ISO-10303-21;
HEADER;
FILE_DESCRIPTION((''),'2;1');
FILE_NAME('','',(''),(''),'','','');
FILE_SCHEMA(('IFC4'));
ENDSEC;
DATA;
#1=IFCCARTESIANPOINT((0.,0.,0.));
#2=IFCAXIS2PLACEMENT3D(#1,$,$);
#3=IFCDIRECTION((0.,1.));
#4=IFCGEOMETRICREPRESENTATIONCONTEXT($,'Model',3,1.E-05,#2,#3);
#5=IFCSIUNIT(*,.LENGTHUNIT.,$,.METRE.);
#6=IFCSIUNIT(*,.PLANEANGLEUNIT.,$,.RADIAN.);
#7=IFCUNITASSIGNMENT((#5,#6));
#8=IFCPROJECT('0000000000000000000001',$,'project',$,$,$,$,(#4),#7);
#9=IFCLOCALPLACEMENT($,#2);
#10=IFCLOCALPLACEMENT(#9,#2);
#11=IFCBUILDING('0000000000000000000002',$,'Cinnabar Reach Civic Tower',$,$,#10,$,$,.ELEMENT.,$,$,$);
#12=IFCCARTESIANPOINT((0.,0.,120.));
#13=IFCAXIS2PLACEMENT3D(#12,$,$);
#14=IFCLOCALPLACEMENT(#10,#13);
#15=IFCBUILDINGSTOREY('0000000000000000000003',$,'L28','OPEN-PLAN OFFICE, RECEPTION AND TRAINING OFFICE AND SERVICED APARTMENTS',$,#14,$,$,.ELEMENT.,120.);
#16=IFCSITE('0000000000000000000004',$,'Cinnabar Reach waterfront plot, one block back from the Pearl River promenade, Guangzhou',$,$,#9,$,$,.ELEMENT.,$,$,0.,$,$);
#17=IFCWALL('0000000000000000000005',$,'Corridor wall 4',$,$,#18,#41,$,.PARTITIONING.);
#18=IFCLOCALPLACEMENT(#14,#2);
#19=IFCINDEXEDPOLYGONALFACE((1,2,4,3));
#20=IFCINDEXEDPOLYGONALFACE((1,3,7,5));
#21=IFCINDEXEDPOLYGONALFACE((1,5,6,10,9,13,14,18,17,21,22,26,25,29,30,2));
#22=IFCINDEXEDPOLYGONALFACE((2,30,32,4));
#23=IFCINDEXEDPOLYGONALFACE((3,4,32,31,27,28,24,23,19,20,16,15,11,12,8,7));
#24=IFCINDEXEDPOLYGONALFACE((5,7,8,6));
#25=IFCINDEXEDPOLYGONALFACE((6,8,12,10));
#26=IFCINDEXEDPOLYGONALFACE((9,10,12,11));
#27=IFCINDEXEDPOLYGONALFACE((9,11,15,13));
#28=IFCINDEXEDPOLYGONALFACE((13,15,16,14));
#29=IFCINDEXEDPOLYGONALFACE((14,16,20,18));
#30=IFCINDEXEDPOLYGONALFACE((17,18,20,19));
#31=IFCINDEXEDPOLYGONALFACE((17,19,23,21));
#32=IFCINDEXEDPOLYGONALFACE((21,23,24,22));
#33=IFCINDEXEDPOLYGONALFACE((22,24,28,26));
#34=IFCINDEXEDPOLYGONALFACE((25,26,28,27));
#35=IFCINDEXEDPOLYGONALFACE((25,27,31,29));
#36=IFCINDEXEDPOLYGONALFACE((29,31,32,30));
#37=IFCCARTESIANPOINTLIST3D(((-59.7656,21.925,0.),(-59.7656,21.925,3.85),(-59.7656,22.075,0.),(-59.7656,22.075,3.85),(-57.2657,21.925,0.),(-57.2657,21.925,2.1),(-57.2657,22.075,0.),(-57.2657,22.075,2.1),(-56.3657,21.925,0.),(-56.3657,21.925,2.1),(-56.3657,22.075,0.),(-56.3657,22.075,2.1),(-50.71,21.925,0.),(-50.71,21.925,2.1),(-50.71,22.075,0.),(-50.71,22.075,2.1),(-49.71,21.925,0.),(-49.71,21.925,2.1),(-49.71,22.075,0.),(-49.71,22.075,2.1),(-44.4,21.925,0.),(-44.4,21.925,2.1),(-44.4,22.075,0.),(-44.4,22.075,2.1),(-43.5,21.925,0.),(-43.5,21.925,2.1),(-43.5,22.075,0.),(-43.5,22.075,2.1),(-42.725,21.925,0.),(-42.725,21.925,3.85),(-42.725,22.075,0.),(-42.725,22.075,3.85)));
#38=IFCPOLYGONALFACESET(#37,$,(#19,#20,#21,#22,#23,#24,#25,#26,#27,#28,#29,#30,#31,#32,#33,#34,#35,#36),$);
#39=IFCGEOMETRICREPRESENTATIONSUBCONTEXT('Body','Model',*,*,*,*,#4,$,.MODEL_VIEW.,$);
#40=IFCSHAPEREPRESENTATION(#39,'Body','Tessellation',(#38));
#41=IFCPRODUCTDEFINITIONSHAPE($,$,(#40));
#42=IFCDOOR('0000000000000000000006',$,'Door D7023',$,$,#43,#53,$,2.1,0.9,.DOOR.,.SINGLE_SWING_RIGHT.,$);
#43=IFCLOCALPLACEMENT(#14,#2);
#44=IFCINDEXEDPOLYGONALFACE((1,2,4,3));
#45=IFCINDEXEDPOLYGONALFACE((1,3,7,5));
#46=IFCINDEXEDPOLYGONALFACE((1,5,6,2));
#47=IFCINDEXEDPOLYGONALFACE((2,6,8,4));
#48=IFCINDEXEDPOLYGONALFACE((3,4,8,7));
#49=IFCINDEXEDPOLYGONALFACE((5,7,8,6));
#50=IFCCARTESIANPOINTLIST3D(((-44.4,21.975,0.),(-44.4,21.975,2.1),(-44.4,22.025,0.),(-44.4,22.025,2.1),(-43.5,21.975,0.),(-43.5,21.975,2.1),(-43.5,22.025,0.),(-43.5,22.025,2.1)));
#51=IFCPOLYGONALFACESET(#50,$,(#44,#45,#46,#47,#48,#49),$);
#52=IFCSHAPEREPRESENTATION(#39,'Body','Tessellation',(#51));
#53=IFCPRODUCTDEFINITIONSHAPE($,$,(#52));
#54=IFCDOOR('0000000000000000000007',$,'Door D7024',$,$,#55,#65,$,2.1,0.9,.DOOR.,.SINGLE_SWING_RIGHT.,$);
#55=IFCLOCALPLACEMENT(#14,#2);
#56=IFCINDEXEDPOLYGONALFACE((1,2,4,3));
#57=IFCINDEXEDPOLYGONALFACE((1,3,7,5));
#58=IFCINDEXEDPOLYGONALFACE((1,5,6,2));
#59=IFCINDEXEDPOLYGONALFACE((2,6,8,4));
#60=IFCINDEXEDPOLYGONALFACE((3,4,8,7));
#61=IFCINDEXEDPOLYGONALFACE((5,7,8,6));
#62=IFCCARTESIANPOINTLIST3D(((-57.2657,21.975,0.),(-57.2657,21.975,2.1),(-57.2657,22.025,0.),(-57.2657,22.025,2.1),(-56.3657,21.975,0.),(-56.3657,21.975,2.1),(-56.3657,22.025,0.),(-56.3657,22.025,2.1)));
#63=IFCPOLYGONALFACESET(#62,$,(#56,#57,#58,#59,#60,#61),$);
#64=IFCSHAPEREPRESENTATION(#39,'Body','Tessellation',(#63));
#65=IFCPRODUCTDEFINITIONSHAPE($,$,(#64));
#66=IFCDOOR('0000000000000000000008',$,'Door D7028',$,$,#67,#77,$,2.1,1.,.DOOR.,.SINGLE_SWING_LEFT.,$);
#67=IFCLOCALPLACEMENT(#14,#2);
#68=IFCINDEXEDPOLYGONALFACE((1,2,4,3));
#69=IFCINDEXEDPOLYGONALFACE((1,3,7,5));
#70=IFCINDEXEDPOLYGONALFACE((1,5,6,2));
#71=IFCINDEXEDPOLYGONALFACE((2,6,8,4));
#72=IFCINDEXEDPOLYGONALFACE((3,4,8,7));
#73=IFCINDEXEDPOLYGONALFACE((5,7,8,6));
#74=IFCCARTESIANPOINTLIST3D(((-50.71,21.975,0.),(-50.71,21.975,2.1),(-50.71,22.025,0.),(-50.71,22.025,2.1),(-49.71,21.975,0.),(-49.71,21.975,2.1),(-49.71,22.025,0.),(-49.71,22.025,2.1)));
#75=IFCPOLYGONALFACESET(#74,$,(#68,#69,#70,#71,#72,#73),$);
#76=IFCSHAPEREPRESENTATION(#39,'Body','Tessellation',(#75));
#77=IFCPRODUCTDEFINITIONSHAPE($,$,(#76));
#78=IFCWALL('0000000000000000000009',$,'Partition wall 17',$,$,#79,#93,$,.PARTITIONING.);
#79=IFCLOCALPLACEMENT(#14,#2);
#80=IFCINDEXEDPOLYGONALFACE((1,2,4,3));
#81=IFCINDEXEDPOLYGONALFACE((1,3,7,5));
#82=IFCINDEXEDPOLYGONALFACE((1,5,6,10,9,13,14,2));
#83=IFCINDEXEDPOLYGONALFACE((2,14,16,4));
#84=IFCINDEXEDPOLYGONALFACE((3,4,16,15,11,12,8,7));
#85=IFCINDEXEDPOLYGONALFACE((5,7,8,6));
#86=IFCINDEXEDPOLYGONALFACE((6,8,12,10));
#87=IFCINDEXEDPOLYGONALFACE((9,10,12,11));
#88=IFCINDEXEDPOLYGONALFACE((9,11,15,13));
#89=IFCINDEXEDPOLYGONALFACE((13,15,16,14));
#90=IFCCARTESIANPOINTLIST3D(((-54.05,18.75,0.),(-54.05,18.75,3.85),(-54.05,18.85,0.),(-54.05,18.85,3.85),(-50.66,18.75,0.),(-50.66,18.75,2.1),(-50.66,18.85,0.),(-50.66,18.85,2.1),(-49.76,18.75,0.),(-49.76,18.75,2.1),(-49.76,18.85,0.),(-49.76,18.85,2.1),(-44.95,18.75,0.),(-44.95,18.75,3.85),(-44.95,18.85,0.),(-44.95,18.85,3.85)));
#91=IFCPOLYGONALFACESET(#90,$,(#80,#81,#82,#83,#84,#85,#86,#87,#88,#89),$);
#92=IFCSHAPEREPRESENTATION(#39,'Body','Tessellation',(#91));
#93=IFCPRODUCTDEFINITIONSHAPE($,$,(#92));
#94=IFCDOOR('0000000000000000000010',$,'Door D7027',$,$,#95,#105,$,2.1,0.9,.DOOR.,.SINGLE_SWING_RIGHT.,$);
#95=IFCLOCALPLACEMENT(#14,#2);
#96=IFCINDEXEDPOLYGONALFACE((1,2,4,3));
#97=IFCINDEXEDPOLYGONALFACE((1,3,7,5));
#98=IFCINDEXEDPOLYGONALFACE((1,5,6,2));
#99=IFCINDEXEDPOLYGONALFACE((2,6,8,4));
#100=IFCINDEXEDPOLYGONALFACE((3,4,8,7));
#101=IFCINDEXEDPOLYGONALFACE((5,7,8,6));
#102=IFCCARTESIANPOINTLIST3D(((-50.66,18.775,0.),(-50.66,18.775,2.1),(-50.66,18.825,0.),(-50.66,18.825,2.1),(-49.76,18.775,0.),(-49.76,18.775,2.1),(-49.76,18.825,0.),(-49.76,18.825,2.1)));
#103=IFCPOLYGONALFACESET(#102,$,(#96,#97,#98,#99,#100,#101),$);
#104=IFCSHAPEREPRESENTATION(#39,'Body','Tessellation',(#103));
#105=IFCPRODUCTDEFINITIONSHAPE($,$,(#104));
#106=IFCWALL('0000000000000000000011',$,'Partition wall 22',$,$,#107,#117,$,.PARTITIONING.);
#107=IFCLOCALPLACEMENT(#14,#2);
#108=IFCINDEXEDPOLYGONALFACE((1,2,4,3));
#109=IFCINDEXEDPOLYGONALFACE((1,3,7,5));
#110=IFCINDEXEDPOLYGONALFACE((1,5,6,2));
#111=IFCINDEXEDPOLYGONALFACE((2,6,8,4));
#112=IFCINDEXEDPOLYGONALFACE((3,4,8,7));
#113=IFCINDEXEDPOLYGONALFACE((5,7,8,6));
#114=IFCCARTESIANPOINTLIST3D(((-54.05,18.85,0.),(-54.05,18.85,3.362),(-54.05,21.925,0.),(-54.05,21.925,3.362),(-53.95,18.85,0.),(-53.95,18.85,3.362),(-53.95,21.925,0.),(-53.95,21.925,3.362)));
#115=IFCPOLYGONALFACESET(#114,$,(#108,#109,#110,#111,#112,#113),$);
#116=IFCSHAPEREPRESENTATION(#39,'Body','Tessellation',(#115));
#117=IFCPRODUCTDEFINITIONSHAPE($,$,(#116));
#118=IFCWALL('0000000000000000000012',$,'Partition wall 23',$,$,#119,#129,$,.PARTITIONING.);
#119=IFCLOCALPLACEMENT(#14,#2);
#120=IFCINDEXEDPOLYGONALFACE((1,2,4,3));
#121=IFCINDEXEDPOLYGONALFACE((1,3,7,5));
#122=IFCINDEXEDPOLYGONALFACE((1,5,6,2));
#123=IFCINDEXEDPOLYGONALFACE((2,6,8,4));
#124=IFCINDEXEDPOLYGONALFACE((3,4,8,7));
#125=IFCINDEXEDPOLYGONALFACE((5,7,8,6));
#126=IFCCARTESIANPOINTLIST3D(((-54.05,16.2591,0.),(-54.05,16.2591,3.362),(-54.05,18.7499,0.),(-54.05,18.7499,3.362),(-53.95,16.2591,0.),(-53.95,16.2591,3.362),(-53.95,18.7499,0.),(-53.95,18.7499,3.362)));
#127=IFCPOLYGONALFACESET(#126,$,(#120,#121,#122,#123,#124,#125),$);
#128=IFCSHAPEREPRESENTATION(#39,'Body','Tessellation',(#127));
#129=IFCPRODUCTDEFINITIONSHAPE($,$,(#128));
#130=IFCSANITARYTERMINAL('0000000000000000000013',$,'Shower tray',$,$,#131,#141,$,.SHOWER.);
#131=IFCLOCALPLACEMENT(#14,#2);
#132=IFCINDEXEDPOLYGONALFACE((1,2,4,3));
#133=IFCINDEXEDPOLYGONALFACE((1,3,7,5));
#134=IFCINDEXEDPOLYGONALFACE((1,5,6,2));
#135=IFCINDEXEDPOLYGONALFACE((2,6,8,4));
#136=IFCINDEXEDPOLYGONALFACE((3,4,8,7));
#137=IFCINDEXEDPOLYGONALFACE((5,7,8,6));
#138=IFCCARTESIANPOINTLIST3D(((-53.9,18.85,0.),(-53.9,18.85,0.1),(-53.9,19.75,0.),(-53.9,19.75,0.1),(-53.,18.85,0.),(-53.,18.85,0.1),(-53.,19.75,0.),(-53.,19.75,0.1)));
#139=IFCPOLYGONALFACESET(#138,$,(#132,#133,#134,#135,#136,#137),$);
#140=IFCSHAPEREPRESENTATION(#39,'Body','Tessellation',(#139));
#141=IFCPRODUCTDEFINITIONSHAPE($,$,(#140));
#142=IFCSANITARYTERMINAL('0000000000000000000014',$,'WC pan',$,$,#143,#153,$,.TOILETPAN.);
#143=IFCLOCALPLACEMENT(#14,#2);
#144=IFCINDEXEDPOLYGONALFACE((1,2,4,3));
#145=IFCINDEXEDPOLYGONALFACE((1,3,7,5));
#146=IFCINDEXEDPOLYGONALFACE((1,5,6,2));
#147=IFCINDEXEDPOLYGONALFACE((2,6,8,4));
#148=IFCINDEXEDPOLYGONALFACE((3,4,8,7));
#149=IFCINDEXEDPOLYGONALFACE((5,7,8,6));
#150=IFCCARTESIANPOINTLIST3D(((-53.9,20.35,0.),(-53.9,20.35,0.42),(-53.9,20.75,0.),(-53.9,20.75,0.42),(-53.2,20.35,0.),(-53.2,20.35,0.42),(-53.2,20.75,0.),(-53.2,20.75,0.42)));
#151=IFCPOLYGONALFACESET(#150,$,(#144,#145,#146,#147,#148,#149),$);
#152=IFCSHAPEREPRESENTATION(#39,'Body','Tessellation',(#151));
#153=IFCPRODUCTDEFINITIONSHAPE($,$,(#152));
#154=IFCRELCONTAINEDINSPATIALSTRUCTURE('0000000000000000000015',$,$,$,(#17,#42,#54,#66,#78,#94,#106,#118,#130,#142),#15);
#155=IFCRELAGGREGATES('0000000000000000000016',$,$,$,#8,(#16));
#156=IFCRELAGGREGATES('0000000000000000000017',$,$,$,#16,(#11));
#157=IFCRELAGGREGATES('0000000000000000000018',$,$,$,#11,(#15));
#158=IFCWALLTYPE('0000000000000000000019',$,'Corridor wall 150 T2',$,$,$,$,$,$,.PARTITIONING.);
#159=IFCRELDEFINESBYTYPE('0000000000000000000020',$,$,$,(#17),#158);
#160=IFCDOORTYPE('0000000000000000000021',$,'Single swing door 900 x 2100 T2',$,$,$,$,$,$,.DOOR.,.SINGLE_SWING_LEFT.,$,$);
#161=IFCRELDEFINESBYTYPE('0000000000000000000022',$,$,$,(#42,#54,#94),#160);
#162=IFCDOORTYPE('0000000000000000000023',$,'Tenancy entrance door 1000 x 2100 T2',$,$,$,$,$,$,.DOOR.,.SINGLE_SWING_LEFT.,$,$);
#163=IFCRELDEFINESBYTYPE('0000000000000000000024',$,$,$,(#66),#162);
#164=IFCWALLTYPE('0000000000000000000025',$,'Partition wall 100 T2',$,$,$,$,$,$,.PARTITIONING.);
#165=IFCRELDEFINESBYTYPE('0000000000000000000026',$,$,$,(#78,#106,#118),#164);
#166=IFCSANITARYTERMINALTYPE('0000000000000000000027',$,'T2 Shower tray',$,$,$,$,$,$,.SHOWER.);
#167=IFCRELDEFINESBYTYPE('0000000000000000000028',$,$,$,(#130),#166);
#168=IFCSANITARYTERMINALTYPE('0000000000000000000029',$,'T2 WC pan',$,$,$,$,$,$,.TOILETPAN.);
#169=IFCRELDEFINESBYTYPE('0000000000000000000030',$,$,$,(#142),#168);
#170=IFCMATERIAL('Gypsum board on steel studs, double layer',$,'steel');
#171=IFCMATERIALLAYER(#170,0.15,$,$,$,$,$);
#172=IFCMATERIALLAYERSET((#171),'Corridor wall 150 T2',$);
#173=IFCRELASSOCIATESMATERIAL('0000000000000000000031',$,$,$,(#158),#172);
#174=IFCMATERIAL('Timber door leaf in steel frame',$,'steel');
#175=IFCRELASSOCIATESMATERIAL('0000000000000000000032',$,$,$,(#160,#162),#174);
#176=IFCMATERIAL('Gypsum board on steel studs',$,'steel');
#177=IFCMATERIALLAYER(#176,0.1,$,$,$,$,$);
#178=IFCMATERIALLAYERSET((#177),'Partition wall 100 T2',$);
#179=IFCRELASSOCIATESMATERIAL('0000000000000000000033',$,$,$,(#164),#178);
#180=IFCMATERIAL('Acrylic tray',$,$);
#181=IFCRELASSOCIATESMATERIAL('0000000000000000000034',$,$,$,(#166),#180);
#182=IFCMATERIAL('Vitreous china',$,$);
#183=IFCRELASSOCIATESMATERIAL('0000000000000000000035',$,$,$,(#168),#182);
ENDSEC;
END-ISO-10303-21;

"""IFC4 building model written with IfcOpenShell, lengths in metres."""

from ifc_helpers import new_model, si_unit, direction, frame, frame_2d, origin, origin_2d, place, context, subcontext, project, spatial, rectangle, extrude, material, layer, layer_set, type_object, element, fill, save


model = new_model("IFC4")

# Units and contexts
model_context = context("Model", 3, precision=1e-05, world=origin(), true_north=direction((0.0, 1.0)))
body_context = subcontext(model_context, "Body", "Model", "MODEL_VIEW")
ifc_project = project(units=[si_unit("LENGTHUNIT", "METRE"), si_unit("PLANEANGLEUNIT", "RADIAN")], contexts=[model_context])

# Site, building, storey
site_placement = place(None, origin())
site = spatial("IfcSite", under=ifc_project, at=site_placement, Name="Cinnabar Reach waterfront plot, one block back from the Pearl River promenade, Guangzhou", CompositionType="ELEMENT", RefElevation=0.0)
building_placement = place(site_placement, origin())
building = spatial("IfcBuilding", under=site, at=building_placement, Name="Cinnabar Reach Civic Tower", CompositionType="ELEMENT")
storey_placement = place(building_placement, frame((0.0, 0.0, 120.0)))
storey = spatial("IfcBuildingStorey", under=building, at=storey_placement, Name="L28", Description="OPEN-PLAN OFFICE, RECEPTION AND TRAINING OFFICE AND SERVICED APARTMENTS", CompositionType="ELEMENT", Elevation=120.0)

# Wall, openings, doors
ifc_material_1 = material(Name="Gypsum board on steel studs, double layer", Category="steel")
ifc_layer_1 = layer(ifc_material_1, 0.15)
ifc_layer_set_1 = layer_set([ifc_layer_1], Name="Corridor wall 150 T2")
wall_type_1 = type_object("IfcWallType", Name="Corridor wall 150 T2", PredefinedType="PARTITIONING", material=ifc_layer_set_1)
wall_1_placement = place(storey_placement, frame((-59.7657, 22.0, 0.0), z_axis=(0.0, 0.0, 1.0), x_axis=(1.0, 0.0, 0.0)))
wall_1 = element("IfcWall", 1, at=wall_1_placement, inside=storey, type_object=wall_type_1, Name="Corridor wall 4", PredefinedType="PARTITIONING", context=body_context, shape_type="SweptSolid", body=[
    extrude(rectangle(XDim=17.0407, YDim=0.15, at=frame_2d((8.5204, 0.0))), origin(), (0.0, 0.0, 1.0), 3.85),
])
opening_1_placement = place(wall_1_placement, frame((15.3657, 0.0, 0.0)))
opening_1 = element("IfcOpeningElement", 2, at=opening_1_placement, cuts=wall_1, PredefinedType="OPENING", context=body_context, shape_type="SweptSolid", body=[
    extrude(rectangle(XDim=0.9, YDim=2.1, at=frame_2d((0.45, 1.05))), frame((0.0, 0.085, 0.0), z_axis=(0.0, -1.0, 0.0), x_axis=(1.0, 0.0, 0.0)), (0.0, 0.0, 1.0), 0.17),
])
opening_2_placement = place(wall_1_placement, frame((2.5, 0.0, 0.0)))
opening_2 = element("IfcOpeningElement", 3, at=opening_2_placement, cuts=wall_1, PredefinedType="OPENING", context=body_context, shape_type="SweptSolid", body=[
    extrude(rectangle(XDim=0.9, YDim=2.1, at=frame_2d((0.45, 1.05))), frame((0.0, 0.085, 0.0), z_axis=(0.0, -1.0, 0.0), x_axis=(1.0, 0.0, 0.0)), (0.0, 0.0, 1.0), 0.17),
])
opening_3_placement = place(wall_1_placement, frame((9.0557, 0.0, 0.0)))
opening_3 = element("IfcOpeningElement", 4, at=opening_3_placement, cuts=wall_1, PredefinedType="OPENING", context=body_context, shape_type="SweptSolid", body=[
    extrude(rectangle(XDim=1.0, YDim=2.1, at=frame_2d((0.5, 1.05))), frame((0.0, 0.085, 0.0), z_axis=(0.0, -1.0, 0.0), x_axis=(1.0, 0.0, 0.0)), (0.0, 0.0, 1.0), 0.17),
])
ifc_material_2 = material(Name="Timber door leaf in steel frame", Category="steel")
door_type_1 = type_object("IfcDoorType", Name="Single swing door 900 x 2100 T2", OperationType="SINGLE_SWING_LEFT", PredefinedType="DOOR", material=ifc_material_2)
door_1_placement = place(opening_1_placement, frame((0.9, 0.0, 0.0), z_axis=(0.0, 0.0, 1.0), x_axis=(-1.0, 0.0, 0.0)))
door_1 = element("IfcDoor", 5, at=door_1_placement, inside=storey, type_object=door_type_1, Name="Door D7023", OperationType="SINGLE_SWING_RIGHT", OverallHeight=2.1, OverallWidth=0.9, PredefinedType="DOOR", context=body_context, shape_type="SweptSolid", body=[
    extrude(rectangle(XDim=0.9, YDim=2.1, at=frame_2d((0.45, 1.05))), frame((0.0, 0.025, 0.0), z_axis=(0.0, -1.0, 0.0), x_axis=(1.0, 0.0, 0.0)), (0.0, 0.0, 1.0), 0.05),
])
fill(opening_1, door_1)
door_2_placement = place(opening_2_placement, frame((0.9, 0.0, 0.0), z_axis=(0.0, 0.0, 1.0), x_axis=(-1.0, 0.0, 0.0)))
door_2 = element("IfcDoor", 6, at=door_2_placement, inside=storey, type_object=door_type_1, Name="Door D7024", OperationType="SINGLE_SWING_RIGHT", OverallHeight=2.1, OverallWidth=0.9, PredefinedType="DOOR", context=body_context, shape_type="SweptSolid", body=[
    extrude(rectangle(XDim=0.9, YDim=2.1, at=frame_2d((0.45, 1.05))), frame((0.0, 0.025, 0.0), z_axis=(0.0, -1.0, 0.0), x_axis=(1.0, 0.0, 0.0)), (0.0, 0.0, 1.0), 0.05),
])
fill(opening_2, door_2)
door_type_2 = type_object("IfcDoorType", Name="Tenancy entrance door 1000 x 2100 T2", OperationType="SINGLE_SWING_LEFT", PredefinedType="DOOR", material=ifc_material_2)
door_3_placement = place(opening_3_placement, frame((1.0, 0.0, 0.0), z_axis=(0.0, 0.0, 1.0), x_axis=(-1.0, 0.0, 0.0)))
door_3 = element("IfcDoor", 7, at=door_3_placement, inside=storey, type_object=door_type_2, Name="Door D7028", OperationType="SINGLE_SWING_LEFT", OverallHeight=2.1, OverallWidth=1.0, PredefinedType="DOOR", context=body_context, shape_type="SweptSolid", body=[
    extrude(rectangle(XDim=1.0, YDim=2.1, at=frame_2d((0.5, 1.05))), frame((0.0, 0.025, 0.0), z_axis=(0.0, -1.0, 0.0), x_axis=(1.0, 0.0, 0.0)), (0.0, 0.0, 1.0), 0.05),
])
fill(opening_3, door_3)

# Wall, opening, door
ifc_material_3 = material(Name="Gypsum board on steel studs", Category="steel")
ifc_layer_2 = layer(ifc_material_3, 0.1)
ifc_layer_set_2 = layer_set([ifc_layer_2], Name="Partition wall 100 T2")
wall_type_2 = type_object("IfcWallType", Name="Partition wall 100 T2", PredefinedType="PARTITIONING", material=ifc_layer_set_2)
wall_2_placement = place(storey_placement, frame((-54.05, 18.8, 0.0), z_axis=(0.0, 0.0, 1.0), x_axis=(1.0, 0.0, 0.0)))
wall_2 = element("IfcWall", 8, at=wall_2_placement, inside=storey, type_object=wall_type_2, Name="Partition wall 17", PredefinedType="PARTITIONING", context=body_context, shape_type="SweptSolid", body=[
    extrude(rectangle(XDim=9.1, YDim=0.1, at=frame_2d((4.55, 0.0))), origin(), (0.0, 0.0, 1.0), 3.85),
])
opening_4_placement = place(wall_2_placement, frame((3.39, 0.0, 0.0)))
opening_4 = element("IfcOpeningElement", 9, at=opening_4_placement, cuts=wall_2, PredefinedType="OPENING", context=body_context, shape_type="SweptSolid", body=[
    extrude(rectangle(XDim=0.9, YDim=2.1, at=frame_2d((0.45, 1.05))), frame((0.0, 0.06, 0.0), z_axis=(0.0, -1.0, 0.0), x_axis=(1.0, 0.0, 0.0)), (0.0, 0.0, 1.0), 0.12),
])
door_4_placement = place(opening_4_placement, origin())
door_4 = element("IfcDoor", 10, at=door_4_placement, inside=storey, type_object=door_type_1, Name="Door D7027", OperationType="SINGLE_SWING_RIGHT", OverallHeight=2.1, OverallWidth=0.9, PredefinedType="DOOR", context=body_context, shape_type="SweptSolid", body=[
    extrude(rectangle(XDim=0.9, YDim=2.1, at=frame_2d((0.45, 1.05))), frame((0.0, 0.025, 0.0), z_axis=(0.0, -1.0, 0.0), x_axis=(1.0, 0.0, 0.0)), (0.0, 0.0, 1.0), 0.05),
])
fill(opening_4, door_4)

# Walls
wall_3_placement = place(storey_placement, frame((-54.0, 18.85, 0.0), z_axis=(0.0, 0.0, 1.0), x_axis=(0.0, 1.0, 0.0)))
element("IfcWall", 11, at=wall_3_placement, inside=storey, type_object=wall_type_2, Name="Partition wall 22", PredefinedType="PARTITIONING", context=body_context, shape_type="SweptSolid", body=[
    extrude(rectangle(XDim=3.075, YDim=0.1, at=frame_2d((1.5375, 0.0))), origin(), (0.0, 0.0, 1.0), 3.362),
])
wall_4_placement = place(storey_placement, frame((-54.0, 16.2591, 0.0), z_axis=(0.0, 0.0, 1.0), x_axis=(0.0, 1.0, 0.0)))
element("IfcWall", 12, at=wall_4_placement, inside=storey, type_object=wall_type_2, Name="Partition wall 23", PredefinedType="PARTITIONING", context=body_context, shape_type="SweptSolid", body=[
    extrude(rectangle(XDim=2.4909, YDim=0.1, at=frame_2d((1.2454, 0.0))), origin(), (0.0, 0.0, 1.0), 3.362),
])

# Sanitary terminals
ifc_material_4 = material(Name="Acrylic tray")
sanitary_terminal_type_1 = type_object("IfcSanitaryTerminalType", Name="T2 Shower tray", PredefinedType="SHOWER", material=ifc_material_4)
sanitary_terminal_1_placement = place(storey_placement, frame((-53.45, 19.3, 0.0), z_axis=(0.0, 0.0, 1.0), x_axis=(1.0, 0.0, 0.0)))
element("IfcSanitaryTerminal", 13, at=sanitary_terminal_1_placement, inside=storey, type_object=sanitary_terminal_type_1, Name="Shower tray", PredefinedType="SHOWER", context=body_context, shape_type="SweptSolid", body=[
    extrude(rectangle(XDim=0.9, YDim=0.9, at=origin_2d()), origin(), (0.0, 0.0, 1.0), 0.1),
])
ifc_material_5 = material(Name="Vitreous china")
sanitary_terminal_type_2 = type_object("IfcSanitaryTerminalType", Name="T2 WC pan", PredefinedType="TOILETPAN", material=ifc_material_5)
sanitary_terminal_2_placement = place(storey_placement, frame((-53.55, 20.55, 0.0), z_axis=(0.0, 0.0, 1.0), x_axis=(1.0, 0.0, 0.0)))
element("IfcSanitaryTerminal", 14, at=sanitary_terminal_2_placement, inside=storey, type_object=sanitary_terminal_type_2, Name="WC pan", PredefinedType="TOILETPAN", context=body_context, shape_type="SweptSolid", body=[
    extrude(rectangle(XDim=0.7, YDim=0.4, at=origin_2d()), origin(), (0.0, 0.0, 1.0), 0.42),
])

save(model, "model.ifc")
